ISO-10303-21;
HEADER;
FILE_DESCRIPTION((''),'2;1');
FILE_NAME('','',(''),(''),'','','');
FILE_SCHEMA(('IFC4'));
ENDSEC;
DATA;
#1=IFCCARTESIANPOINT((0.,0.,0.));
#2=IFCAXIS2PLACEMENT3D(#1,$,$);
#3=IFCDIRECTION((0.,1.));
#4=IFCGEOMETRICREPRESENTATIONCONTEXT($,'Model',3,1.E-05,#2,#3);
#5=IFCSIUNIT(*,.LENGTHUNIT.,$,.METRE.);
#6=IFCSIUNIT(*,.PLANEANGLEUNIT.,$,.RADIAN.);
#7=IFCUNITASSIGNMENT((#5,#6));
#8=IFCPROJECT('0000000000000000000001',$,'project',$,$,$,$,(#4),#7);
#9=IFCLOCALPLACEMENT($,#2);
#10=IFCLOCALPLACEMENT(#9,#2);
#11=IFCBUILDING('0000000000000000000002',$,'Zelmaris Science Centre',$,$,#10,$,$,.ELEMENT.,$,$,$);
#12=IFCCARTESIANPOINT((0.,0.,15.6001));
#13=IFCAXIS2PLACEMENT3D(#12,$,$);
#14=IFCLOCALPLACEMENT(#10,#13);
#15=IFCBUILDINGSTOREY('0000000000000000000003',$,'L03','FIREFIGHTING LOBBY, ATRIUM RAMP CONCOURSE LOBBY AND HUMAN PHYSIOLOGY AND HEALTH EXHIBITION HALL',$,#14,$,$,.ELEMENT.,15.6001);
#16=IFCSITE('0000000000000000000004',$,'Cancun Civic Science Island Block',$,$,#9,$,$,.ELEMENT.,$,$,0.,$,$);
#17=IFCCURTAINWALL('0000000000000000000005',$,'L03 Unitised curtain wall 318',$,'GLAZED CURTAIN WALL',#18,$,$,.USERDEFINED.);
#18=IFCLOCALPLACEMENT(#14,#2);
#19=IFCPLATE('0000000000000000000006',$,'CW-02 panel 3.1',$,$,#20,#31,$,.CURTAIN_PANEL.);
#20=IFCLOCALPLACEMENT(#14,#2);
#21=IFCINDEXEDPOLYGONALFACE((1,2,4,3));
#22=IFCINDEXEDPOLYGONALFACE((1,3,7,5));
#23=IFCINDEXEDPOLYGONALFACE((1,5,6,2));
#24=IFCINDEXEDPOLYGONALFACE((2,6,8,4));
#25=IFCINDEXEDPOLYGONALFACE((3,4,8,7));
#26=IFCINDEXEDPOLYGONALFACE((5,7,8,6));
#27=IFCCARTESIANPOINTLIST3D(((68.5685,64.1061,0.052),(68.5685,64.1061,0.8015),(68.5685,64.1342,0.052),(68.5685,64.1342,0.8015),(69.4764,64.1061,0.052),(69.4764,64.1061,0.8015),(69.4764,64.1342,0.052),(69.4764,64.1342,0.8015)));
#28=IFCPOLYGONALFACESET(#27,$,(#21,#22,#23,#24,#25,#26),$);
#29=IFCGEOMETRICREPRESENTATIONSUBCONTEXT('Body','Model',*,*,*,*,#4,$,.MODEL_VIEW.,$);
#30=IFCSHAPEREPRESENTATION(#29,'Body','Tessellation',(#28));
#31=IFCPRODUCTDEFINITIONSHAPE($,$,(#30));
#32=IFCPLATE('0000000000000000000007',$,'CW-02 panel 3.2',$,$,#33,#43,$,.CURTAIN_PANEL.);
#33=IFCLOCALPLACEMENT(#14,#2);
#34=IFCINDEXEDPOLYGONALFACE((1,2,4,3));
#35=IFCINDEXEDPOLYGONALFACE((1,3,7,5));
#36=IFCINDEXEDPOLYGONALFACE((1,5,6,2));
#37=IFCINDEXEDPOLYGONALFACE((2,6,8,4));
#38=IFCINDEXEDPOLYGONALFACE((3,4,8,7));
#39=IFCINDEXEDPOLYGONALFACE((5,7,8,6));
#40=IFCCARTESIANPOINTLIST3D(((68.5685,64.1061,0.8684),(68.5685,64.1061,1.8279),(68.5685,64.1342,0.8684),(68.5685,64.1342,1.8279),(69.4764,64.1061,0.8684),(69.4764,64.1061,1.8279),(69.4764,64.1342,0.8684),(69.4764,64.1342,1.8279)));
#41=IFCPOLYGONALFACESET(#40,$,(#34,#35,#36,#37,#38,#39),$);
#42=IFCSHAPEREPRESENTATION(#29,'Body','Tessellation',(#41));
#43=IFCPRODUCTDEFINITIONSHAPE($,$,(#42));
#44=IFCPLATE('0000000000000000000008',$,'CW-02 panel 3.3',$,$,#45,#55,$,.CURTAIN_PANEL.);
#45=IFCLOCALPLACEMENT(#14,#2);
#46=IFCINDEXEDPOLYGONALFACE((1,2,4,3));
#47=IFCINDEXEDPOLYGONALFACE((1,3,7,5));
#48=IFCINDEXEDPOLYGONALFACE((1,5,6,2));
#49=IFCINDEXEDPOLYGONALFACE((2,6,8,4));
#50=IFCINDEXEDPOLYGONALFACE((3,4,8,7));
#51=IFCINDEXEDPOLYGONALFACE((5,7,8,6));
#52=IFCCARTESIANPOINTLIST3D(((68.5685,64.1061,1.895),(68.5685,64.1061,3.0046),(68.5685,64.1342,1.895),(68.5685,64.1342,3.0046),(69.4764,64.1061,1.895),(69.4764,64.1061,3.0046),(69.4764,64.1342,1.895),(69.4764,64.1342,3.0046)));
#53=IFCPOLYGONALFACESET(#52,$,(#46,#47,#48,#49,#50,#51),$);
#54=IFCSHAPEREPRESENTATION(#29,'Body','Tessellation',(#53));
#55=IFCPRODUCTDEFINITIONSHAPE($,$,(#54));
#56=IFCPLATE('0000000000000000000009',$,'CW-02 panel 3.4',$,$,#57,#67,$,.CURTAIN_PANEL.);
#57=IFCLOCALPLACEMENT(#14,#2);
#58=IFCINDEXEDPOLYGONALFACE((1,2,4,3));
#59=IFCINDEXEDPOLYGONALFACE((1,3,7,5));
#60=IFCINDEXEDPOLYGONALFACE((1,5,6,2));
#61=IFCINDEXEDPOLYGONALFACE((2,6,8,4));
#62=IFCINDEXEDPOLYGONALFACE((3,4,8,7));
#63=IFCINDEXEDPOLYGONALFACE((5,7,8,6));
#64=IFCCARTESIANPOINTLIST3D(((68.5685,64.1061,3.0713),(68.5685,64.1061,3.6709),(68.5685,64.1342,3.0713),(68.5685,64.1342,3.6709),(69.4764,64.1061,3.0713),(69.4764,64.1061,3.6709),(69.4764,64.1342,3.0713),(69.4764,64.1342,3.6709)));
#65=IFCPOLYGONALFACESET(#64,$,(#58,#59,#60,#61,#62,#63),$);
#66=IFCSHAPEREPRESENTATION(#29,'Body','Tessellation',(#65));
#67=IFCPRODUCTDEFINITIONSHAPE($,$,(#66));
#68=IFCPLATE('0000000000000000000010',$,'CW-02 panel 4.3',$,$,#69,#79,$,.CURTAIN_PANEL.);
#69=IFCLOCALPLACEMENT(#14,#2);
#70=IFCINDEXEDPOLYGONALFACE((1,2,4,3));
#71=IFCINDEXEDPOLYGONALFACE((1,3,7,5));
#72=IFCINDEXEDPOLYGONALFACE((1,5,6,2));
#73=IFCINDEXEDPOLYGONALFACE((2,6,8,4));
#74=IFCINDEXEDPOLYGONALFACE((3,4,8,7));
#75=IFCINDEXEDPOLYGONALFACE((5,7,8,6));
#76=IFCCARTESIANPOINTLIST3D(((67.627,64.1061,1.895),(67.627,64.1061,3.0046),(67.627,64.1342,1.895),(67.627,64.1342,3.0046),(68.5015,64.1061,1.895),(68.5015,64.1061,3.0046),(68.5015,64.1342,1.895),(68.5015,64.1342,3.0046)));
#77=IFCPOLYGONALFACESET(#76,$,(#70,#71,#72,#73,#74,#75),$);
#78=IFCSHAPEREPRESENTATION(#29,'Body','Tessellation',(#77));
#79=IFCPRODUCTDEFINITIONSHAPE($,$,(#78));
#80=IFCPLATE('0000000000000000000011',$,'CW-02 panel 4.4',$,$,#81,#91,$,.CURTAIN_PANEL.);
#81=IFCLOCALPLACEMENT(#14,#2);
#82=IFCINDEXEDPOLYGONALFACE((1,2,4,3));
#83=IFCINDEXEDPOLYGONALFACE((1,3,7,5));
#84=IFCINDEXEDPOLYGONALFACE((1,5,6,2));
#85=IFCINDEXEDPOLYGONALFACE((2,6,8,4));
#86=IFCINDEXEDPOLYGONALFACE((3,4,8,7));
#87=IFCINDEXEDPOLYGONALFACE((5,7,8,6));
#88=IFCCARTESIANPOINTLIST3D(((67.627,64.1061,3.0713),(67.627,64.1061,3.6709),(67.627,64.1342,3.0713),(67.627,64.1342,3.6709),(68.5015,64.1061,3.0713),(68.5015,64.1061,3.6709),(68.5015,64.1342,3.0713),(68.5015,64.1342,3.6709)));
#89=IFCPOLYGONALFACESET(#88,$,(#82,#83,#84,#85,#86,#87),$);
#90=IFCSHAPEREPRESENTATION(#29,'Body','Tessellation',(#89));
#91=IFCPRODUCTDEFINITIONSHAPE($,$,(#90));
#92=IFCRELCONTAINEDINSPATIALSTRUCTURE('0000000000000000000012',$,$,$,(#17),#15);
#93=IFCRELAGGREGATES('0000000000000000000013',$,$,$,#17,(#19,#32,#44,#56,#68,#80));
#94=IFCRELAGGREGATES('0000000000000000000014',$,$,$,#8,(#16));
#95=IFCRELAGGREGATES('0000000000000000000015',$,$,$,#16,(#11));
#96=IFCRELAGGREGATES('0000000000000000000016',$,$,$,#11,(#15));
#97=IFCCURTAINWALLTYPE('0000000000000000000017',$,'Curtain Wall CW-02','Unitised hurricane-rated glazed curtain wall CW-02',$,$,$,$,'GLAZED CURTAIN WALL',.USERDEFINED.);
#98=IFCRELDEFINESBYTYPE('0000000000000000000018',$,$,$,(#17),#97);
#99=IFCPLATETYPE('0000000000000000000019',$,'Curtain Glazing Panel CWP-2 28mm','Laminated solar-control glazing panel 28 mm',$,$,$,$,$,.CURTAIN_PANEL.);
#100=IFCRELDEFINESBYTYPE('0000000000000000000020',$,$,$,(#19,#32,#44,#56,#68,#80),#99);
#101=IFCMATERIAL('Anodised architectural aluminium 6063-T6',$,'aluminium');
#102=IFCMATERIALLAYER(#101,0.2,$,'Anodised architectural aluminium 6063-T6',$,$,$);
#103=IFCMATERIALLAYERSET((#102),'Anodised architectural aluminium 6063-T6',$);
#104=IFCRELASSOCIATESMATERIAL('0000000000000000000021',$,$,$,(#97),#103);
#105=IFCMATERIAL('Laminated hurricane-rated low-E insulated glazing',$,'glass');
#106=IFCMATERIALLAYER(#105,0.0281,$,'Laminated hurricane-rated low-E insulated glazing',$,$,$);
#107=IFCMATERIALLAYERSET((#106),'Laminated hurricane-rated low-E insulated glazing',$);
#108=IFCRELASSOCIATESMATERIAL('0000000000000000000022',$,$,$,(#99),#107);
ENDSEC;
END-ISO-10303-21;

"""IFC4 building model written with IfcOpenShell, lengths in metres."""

from ifc_helpers import new_model, si_unit, direction, frame, origin, origin_2d, place, context, subcontext, project, spatial, rectangle, extrude, material, layer, layer_set, type_object, element, aggregate, save


model = new_model("IFC4")

# Units and contexts
model_context = context("Model", 3, precision=1e-05, world=origin(), true_north=direction((0.0, 1.0)))
body_context = subcontext(model_context, "Body", "Model", "MODEL_VIEW")
ifc_project = project(units=[si_unit("LENGTHUNIT", "METRE"), si_unit("PLANEANGLEUNIT", "RADIAN")], contexts=[model_context])

# Site, building, storey
site_placement = place(None, origin())
site = spatial("IfcSite", under=ifc_project, at=site_placement, Name="Cancun Civic Science Island Block", CompositionType="ELEMENT", RefElevation=0.0)
building_placement = place(site_placement, origin())
building = spatial("IfcBuilding", under=site, at=building_placement, Name="Zelmaris Science Centre", CompositionType="ELEMENT")
storey_placement = place(building_placement, frame((0.0, 0.0, 15.6001)))
storey = spatial("IfcBuildingStorey", under=building, at=storey_placement, Name="L03", Description="FIREFIGHTING LOBBY, ATRIUM RAMP CONCOURSE LOBBY AND HUMAN PHYSIOLOGY AND HEALTH EXHIBITION HALL", CompositionType="ELEMENT", Elevation=15.6001)

# Curtain wall, plates
ifc_material_1 = material(Name="Anodised architectural aluminium 6063-T6", Category="aluminium")
ifc_layer_1 = layer(ifc_material_1, 0.2, Name="Anodised architectural aluminium 6063-T6")
ifc_layer_set_1 = layer_set([ifc_layer_1], Name="Anodised architectural aluminium 6063-T6")
curtain_wall_type = type_object("IfcCurtainWallType", Name="Curtain Wall CW-02", Description="Unitised hurricane-rated glazed curtain wall CW-02", ElementType="GLAZED CURTAIN WALL", PredefinedType="USERDEFINED", material=ifc_layer_set_1)
curtain_wall_placement = place(storey_placement, origin())
curtain_wall = element("IfcCurtainWall", 1, at=curtain_wall_placement, inside=storey, type_object=curtain_wall_type, Name="L03 Unitised curtain wall 318", ObjectType="GLAZED CURTAIN WALL", PredefinedType="USERDEFINED")
ifc_material_2 = material(Name="Laminated hurricane-rated low-E insulated glazing", Category="glass")
ifc_layer_2 = layer(ifc_material_2, 0.0281, Name="Laminated hurricane-rated low-E insulated glazing")
ifc_layer_set_2 = layer_set([ifc_layer_2], Name="Laminated hurricane-rated low-E insulated glazing")
plate_type = type_object("IfcPlateType", Name="Curtain Glazing Panel CWP-2 28mm", Description="Laminated solar-control glazing panel 28 mm", PredefinedType="CURTAIN_PANEL", material=ifc_layer_set_2)
plate_1_placement = place(storey_placement, frame((69.0225, 64.1201, 0.052), z_axis=(0.0, 0.0, 1.0), x_axis=(-1.0, 0.0, 0.0)))
plate_1 = element("IfcPlate", 2, at=plate_1_placement, type_object=plate_type, Name="CW-02 panel 3.1", PredefinedType="CURTAIN_PANEL", context=body_context, shape_type="SweptSolid", body=[
    extrude(rectangle(XDim=0.908, YDim=0.0281, at=origin_2d()), origin(), (0.0, 0.0, 1.0), 0.7495),
])
plate_2_placement = place(storey_placement, frame((69.0225, 64.1201, 0.8684), z_axis=(0.0, 0.0, 1.0), x_axis=(-1.0, 0.0, 0.0)))
plate_2 = element("IfcPlate", 3, at=plate_2_placement, type_object=plate_type, Name="CW-02 panel 3.2", PredefinedType="CURTAIN_PANEL", context=body_context, shape_type="SweptSolid", body=[
    extrude(rectangle(XDim=0.908, YDim=0.0281, at=origin_2d()), origin(), (0.0, 0.0, 1.0), 0.9595),
])
plate_3_placement = place(storey_placement, frame((69.0225, 64.1201, 1.895), z_axis=(0.0, 0.0, 1.0), x_axis=(-1.0, 0.0, 0.0)))
plate_3 = element("IfcPlate", 4, at=plate_3_placement, type_object=plate_type, Name="CW-02 panel 3.3", PredefinedType="CURTAIN_PANEL", context=body_context, shape_type="SweptSolid", body=[
    extrude(rectangle(XDim=0.908, YDim=0.0281, at=origin_2d()), origin(), (0.0, 0.0, 1.0), 1.1096),
])
plate_4_placement = place(storey_placement, frame((69.0225, 64.1201, 3.0713), z_axis=(0.0, 0.0, 1.0), x_axis=(-1.0, 0.0, 0.0)))
plate_4 = element("IfcPlate", 5, at=plate_4_placement, type_object=plate_type, Name="CW-02 panel 3.4", PredefinedType="CURTAIN_PANEL", context=body_context, shape_type="SweptSolid", body=[
    extrude(rectangle(XDim=0.908, YDim=0.0281, at=origin_2d()), origin(), (0.0, 0.0, 1.0), 0.5996),
])
plate_5_placement = place(storey_placement, frame((68.0642, 64.1201, 1.895), z_axis=(0.0, 0.0, 1.0), x_axis=(-1.0, 0.0, 0.0)))
plate_5 = element("IfcPlate", 6, at=plate_5_placement, type_object=plate_type, Name="CW-02 panel 4.3", PredefinedType="CURTAIN_PANEL", context=body_context, shape_type="SweptSolid", body=[
    extrude(rectangle(XDim=0.8745, YDim=0.0281, at=origin_2d()), origin(), (0.0, 0.0, 1.0), 1.1096),
])
plate_6_placement = place(storey_placement, frame((68.0642, 64.1201, 3.0713), z_axis=(0.0, 0.0, 1.0), x_axis=(-1.0, 0.0, 0.0)))
plate_6 = element("IfcPlate", 7, at=plate_6_placement, type_object=plate_type, Name="CW-02 panel 4.4", PredefinedType="CURTAIN_PANEL", context=body_context, shape_type="SweptSolid", body=[
    extrude(rectangle(XDim=0.8745, YDim=0.0281, at=origin_2d()), origin(), (0.0, 0.0, 1.0), 0.5996),
])
aggregate(curtain_wall, [plate_1, plate_2, plate_3, plate_4, plate_5, plate_6])

save(model, "model.ifc")
